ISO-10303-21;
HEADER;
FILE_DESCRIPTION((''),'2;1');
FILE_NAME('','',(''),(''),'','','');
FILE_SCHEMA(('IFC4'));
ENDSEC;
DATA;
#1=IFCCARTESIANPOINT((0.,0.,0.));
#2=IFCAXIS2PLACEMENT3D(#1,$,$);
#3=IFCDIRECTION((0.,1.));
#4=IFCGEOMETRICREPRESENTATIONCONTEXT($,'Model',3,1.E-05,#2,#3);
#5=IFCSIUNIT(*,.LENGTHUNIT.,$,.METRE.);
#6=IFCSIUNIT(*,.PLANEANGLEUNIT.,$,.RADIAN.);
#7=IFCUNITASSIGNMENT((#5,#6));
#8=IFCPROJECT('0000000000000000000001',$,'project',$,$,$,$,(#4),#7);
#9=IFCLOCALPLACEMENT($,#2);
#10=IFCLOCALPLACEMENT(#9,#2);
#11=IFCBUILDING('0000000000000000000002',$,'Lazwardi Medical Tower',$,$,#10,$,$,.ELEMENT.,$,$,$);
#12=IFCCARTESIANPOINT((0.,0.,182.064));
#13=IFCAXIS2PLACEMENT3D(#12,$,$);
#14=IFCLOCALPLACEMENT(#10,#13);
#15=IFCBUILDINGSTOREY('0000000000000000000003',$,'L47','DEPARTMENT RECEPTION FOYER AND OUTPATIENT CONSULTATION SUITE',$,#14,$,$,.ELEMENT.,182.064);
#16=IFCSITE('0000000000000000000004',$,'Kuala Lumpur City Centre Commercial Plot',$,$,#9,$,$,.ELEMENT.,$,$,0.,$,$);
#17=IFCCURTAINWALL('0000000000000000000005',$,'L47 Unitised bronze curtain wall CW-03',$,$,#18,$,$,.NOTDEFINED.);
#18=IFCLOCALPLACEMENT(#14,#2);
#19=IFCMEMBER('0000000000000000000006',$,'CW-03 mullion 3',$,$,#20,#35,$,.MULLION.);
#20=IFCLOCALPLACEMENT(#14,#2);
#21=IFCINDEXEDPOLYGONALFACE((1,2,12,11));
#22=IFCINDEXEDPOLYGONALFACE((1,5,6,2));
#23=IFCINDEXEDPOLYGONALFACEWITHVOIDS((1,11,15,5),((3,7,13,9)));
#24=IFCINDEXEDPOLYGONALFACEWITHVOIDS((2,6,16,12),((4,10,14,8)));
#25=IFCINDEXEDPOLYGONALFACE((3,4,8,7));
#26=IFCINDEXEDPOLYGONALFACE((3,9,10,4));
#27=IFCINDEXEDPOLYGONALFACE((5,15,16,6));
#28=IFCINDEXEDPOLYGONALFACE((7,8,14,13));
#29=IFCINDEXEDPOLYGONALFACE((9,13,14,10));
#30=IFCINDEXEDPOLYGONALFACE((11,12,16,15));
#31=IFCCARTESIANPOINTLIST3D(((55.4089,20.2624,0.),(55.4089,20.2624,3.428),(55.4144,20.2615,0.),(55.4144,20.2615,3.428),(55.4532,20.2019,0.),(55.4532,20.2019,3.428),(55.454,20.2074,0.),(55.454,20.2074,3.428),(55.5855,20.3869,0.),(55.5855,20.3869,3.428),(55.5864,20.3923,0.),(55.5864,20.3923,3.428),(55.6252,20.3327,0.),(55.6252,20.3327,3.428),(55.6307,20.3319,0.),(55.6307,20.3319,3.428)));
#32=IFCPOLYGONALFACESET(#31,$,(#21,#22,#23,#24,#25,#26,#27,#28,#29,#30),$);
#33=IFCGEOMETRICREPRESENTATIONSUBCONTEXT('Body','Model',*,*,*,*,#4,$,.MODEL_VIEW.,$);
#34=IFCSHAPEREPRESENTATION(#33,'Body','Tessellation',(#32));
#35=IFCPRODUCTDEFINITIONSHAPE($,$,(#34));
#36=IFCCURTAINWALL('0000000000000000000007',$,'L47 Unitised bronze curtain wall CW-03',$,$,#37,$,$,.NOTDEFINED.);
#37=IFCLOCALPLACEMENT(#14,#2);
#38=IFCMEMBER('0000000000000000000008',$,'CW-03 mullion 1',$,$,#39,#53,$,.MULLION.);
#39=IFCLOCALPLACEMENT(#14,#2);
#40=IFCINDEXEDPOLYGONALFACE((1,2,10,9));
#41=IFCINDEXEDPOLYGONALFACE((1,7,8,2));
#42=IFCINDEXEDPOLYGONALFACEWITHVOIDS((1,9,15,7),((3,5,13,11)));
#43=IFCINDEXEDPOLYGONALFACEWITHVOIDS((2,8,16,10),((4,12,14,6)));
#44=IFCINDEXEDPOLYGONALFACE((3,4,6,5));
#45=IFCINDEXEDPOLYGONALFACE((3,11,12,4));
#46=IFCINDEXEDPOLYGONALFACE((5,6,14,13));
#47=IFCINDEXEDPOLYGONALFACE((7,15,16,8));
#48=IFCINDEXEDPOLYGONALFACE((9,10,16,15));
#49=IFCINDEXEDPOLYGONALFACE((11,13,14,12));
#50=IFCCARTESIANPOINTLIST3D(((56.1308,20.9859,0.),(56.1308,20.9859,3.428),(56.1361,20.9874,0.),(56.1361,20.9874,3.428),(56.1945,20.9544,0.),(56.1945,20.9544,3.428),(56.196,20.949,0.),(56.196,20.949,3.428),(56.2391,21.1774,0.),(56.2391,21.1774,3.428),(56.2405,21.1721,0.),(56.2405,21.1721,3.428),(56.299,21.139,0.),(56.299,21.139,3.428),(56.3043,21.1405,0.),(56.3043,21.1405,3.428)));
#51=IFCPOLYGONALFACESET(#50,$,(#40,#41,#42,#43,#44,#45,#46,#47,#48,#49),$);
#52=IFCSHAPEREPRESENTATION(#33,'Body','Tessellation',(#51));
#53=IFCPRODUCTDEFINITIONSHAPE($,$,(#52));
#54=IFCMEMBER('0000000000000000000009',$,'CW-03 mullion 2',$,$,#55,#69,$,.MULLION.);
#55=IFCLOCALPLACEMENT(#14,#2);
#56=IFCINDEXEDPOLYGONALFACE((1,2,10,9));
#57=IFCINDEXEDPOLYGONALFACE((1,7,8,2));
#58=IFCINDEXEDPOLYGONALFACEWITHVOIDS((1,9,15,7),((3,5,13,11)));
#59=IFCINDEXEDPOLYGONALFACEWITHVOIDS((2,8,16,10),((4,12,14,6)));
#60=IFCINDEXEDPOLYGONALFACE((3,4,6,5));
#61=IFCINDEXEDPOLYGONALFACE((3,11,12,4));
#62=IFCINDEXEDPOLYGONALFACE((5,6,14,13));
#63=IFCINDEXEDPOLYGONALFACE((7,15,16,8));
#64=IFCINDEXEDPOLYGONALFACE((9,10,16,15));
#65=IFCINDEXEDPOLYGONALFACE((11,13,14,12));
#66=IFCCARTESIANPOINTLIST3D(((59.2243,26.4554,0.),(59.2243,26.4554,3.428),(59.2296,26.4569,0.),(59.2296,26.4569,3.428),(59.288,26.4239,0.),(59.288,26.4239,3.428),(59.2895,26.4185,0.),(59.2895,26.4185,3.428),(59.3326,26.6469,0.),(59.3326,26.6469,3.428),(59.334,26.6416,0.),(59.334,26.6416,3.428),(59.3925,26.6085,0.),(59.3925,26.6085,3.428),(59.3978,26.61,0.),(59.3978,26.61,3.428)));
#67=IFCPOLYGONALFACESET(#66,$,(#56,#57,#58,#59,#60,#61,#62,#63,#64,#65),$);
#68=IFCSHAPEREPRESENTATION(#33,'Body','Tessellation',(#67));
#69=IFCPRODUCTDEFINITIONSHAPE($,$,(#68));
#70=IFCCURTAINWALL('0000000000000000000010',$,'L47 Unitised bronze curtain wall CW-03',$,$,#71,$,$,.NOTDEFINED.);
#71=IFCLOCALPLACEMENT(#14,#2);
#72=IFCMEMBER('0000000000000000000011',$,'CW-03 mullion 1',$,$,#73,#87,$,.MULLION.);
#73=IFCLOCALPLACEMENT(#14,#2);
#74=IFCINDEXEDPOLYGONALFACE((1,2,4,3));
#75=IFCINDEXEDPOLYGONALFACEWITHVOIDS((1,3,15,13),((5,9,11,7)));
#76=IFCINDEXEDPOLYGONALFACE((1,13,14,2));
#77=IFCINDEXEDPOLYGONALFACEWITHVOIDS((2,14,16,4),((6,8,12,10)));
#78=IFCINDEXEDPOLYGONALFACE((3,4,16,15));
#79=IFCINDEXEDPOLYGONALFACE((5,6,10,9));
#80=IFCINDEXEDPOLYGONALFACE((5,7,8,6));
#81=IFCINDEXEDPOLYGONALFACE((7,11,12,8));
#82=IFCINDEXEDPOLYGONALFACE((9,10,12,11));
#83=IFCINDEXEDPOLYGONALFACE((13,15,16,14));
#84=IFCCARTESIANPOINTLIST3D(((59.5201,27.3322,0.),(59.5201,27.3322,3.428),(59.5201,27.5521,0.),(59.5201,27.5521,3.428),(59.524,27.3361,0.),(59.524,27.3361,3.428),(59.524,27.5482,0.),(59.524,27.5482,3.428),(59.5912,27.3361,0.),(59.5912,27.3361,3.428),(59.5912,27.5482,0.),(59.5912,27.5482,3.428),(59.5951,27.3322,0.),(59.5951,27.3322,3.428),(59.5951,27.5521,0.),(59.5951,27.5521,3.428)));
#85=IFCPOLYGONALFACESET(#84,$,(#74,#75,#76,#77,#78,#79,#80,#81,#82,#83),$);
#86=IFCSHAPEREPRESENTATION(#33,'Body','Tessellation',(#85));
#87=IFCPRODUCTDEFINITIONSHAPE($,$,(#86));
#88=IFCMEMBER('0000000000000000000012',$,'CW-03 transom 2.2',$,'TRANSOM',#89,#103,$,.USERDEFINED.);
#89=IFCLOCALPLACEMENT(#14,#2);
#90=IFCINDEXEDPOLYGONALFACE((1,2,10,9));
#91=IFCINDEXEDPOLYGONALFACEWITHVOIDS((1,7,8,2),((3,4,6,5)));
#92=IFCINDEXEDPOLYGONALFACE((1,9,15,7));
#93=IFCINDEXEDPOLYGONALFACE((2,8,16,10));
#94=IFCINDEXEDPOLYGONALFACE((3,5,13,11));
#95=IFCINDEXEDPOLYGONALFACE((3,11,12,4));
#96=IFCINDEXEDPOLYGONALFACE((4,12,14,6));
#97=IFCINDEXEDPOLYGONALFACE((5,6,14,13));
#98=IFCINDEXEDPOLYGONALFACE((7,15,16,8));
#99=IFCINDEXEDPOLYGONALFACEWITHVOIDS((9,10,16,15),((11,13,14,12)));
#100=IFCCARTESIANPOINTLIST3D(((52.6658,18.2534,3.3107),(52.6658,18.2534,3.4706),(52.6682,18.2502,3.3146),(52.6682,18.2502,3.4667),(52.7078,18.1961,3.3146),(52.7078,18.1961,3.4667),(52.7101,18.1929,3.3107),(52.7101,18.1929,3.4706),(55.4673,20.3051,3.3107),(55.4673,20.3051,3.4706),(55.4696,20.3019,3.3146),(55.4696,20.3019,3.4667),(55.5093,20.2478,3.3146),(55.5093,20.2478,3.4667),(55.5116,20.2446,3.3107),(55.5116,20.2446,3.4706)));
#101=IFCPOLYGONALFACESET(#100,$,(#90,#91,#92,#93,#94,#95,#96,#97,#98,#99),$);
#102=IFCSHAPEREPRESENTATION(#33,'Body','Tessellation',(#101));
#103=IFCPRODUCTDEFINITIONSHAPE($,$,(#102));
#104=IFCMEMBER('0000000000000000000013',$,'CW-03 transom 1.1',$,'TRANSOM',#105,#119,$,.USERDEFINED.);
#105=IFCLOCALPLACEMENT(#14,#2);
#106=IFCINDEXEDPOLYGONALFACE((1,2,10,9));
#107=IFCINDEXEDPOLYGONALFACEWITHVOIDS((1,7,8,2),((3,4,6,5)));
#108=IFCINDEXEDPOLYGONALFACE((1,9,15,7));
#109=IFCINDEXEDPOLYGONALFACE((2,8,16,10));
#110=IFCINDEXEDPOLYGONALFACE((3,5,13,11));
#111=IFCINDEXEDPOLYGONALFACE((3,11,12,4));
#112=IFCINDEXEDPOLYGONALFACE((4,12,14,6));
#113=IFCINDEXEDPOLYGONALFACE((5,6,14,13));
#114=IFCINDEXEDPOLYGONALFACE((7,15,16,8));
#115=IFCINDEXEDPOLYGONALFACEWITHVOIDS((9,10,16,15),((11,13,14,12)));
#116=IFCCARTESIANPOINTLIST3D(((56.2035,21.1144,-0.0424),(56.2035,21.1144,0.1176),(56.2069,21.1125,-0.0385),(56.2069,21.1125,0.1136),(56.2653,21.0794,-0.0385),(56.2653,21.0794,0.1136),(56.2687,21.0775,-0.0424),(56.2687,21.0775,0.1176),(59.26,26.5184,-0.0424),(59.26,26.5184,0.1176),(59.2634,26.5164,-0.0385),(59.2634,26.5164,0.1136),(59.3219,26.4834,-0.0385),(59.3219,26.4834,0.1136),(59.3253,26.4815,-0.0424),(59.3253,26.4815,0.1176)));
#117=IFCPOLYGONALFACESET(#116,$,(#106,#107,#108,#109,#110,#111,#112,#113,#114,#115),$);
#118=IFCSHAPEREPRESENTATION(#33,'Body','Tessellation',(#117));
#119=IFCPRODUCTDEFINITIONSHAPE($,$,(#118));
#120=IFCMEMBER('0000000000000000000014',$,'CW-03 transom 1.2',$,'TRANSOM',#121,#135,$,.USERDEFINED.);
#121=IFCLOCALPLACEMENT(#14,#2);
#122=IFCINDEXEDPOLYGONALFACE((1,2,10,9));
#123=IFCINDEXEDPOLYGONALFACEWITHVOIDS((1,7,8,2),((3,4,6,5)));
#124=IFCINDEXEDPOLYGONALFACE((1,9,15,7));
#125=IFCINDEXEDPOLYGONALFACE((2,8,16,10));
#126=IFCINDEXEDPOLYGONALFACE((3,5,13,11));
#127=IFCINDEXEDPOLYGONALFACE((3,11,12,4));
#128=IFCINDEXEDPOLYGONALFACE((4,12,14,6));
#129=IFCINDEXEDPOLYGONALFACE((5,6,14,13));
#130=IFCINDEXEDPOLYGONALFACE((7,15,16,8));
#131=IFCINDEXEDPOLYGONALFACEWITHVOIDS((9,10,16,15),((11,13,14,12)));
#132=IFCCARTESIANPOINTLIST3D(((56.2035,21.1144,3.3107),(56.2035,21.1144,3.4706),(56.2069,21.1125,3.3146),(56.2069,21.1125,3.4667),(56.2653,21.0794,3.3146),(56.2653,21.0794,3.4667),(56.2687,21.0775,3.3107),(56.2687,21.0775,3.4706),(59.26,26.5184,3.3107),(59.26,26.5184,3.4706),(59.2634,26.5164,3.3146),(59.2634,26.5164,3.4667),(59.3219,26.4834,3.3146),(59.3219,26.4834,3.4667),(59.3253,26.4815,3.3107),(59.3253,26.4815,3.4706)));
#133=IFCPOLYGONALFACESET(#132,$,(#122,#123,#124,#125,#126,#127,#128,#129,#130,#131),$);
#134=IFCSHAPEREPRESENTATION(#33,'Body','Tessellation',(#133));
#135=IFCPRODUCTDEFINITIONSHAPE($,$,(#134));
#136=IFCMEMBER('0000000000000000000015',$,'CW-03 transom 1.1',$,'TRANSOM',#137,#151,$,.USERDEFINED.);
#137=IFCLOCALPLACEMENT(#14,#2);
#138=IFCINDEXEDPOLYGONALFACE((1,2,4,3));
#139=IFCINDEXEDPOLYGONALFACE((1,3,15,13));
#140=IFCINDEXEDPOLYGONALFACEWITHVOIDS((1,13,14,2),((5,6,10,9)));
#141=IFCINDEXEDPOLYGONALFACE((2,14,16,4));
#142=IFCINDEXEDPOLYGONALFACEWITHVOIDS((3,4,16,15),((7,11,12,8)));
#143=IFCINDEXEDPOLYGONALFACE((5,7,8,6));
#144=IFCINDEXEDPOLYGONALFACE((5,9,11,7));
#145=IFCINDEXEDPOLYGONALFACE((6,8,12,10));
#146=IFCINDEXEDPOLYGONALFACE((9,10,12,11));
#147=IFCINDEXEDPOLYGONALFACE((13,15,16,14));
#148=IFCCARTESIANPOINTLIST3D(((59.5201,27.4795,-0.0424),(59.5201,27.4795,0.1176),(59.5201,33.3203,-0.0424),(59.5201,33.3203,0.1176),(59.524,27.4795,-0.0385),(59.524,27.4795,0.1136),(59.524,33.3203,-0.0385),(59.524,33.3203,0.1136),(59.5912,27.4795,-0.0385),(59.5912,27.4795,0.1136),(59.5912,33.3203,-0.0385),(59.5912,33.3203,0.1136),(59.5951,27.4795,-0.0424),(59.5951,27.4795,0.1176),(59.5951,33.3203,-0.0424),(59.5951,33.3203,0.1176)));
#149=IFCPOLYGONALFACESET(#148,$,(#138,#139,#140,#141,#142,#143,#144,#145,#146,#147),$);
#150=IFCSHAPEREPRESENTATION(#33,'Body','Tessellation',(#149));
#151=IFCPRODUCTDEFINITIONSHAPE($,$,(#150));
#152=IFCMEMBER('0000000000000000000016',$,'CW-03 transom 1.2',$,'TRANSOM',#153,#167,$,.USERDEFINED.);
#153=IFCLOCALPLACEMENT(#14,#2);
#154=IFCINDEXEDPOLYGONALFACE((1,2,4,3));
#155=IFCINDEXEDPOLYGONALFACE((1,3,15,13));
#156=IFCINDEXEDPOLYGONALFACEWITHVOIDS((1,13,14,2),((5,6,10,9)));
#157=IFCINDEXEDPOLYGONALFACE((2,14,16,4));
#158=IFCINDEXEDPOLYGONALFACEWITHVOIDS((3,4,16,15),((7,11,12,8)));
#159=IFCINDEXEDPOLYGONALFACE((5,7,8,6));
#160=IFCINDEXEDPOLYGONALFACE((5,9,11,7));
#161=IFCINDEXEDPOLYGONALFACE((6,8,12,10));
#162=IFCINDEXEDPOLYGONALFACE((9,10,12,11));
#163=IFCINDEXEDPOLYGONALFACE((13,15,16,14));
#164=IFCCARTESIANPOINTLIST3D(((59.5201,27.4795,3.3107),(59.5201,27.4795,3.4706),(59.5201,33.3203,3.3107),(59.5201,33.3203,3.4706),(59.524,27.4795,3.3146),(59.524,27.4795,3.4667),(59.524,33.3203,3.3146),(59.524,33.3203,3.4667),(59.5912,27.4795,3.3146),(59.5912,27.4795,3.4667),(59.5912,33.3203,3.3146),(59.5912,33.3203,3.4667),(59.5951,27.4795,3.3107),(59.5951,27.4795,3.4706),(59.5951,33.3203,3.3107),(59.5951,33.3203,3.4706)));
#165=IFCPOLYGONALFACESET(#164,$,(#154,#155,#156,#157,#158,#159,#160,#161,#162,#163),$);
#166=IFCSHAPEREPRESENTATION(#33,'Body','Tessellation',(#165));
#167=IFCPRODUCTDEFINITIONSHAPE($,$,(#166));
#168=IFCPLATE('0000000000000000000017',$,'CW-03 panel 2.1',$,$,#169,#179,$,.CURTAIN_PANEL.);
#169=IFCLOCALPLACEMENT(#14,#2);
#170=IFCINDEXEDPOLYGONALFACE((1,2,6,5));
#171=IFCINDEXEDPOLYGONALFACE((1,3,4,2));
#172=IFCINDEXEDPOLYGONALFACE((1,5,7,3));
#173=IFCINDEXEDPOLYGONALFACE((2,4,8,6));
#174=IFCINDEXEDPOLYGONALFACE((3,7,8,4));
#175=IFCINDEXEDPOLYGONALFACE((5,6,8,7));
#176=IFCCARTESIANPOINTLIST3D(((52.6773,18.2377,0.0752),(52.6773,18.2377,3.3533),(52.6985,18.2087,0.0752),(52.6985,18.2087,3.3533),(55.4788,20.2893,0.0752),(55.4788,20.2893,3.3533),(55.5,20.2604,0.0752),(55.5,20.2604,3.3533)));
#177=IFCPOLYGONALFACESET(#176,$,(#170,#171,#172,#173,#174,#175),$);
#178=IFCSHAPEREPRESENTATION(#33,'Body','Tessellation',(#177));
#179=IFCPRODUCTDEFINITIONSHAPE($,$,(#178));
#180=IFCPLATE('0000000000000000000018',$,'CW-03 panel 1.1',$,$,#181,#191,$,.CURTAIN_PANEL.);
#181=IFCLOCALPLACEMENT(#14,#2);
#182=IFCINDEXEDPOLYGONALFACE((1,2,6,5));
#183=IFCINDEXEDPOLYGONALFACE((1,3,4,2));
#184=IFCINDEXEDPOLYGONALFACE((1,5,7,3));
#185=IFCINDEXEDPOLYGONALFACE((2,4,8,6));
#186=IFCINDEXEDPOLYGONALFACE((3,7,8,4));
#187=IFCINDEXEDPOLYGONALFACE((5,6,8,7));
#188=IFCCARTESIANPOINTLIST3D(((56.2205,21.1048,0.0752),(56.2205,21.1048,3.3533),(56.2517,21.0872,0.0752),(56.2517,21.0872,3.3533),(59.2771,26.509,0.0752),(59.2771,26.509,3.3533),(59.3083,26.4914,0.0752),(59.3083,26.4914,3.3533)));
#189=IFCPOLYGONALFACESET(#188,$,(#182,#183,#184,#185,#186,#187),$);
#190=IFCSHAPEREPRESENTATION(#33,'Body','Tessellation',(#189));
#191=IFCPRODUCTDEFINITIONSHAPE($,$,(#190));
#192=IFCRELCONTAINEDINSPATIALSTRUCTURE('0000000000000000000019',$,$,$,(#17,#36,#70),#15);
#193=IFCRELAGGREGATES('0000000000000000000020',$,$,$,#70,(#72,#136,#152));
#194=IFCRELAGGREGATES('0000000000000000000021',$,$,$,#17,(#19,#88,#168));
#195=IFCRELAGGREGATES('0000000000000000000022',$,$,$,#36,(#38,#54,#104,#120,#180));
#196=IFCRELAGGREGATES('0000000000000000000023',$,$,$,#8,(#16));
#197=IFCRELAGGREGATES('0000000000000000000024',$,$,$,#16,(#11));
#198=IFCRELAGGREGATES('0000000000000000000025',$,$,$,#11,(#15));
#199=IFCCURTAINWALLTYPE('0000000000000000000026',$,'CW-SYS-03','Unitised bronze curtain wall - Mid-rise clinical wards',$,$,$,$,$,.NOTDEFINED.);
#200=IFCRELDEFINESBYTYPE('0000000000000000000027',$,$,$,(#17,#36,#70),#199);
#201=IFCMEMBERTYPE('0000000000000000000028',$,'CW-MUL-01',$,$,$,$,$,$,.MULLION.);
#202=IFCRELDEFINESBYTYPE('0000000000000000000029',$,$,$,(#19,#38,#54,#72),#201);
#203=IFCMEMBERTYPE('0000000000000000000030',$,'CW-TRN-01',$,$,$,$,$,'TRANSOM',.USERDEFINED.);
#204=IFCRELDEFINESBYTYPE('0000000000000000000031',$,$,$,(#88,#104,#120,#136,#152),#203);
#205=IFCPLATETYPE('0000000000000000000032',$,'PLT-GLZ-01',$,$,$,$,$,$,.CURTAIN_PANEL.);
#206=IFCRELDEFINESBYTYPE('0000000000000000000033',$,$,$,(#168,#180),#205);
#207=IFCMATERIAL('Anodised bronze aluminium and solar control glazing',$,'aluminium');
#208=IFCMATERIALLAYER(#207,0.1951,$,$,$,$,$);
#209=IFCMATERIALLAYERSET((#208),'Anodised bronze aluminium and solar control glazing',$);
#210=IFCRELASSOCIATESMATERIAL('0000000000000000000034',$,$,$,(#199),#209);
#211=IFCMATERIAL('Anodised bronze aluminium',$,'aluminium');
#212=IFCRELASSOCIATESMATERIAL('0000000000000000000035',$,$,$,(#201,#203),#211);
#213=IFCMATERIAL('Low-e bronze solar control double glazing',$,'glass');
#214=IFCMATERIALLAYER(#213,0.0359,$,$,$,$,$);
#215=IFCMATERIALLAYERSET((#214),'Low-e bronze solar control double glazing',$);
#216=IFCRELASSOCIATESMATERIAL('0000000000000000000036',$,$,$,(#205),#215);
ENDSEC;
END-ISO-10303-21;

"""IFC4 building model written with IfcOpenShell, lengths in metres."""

from ifc_helpers import new_model, si_unit, direction, frame, origin, origin_2d, place, context, subcontext, project, spatial, rectangle, hollow_rectangle, extrude, material, layer, layer_set, material_profile, profile_set, type_object, element, aggregate, save


model = new_model("IFC4")

# Units and contexts
model_context = context("Model", 3, precision=1e-05, world=origin(), true_north=direction((0.0, 1.0)))
body_context = subcontext(model_context, "Body", "Model", "MODEL_VIEW")
ifc_project = project(units=[si_unit("LENGTHUNIT", "METRE"), si_unit("PLANEANGLEUNIT", "RADIAN")], contexts=[model_context])

# Site, building, storey
site_placement = place(None, origin())
site = spatial("IfcSite", under=ifc_project, at=site_placement, Name="Kuala Lumpur City Centre Commercial Plot", CompositionType="ELEMENT", RefElevation=0.0)
building_placement = place(site_placement, origin())
building = spatial("IfcBuilding", under=site, at=building_placement, Name="Lazwardi Medical Tower", CompositionType="ELEMENT")
storey_placement = place(building_placement, frame((0.0, 0.0, 182.064)))
storey = spatial("IfcBuildingStorey", under=building, at=storey_placement, Name="L47", Description="DEPARTMENT RECEPTION FOYER AND OUTPATIENT CONSULTATION SUITE", CompositionType="ELEMENT", Elevation=182.064)

# Curtain wall, member
ifc_material_1 = material(Name="Anodised bronze aluminium and solar control glazing", Category="aluminium")
ifc_layer_1 = layer(ifc_material_1, 0.1951)
ifc_layer_set_1 = layer_set([ifc_layer_1], Name="Anodised bronze aluminium and solar control glazing")
curtain_wall_type = type_object("IfcCurtainWallType", Name="CW-SYS-03", Description="Unitised bronze curtain wall - Mid-rise clinical wards", PredefinedType="NOTDEFINED", material=ifc_layer_set_1)
curtain_wall_1_placement = place(storey_placement, origin())
curtain_wall_1 = element("IfcCurtainWall", 1, at=curtain_wall_1_placement, inside=storey, type_object=curtain_wall_type, Name="L47 Unitised bronze curtain wall CW-03", PredefinedType="NOTDEFINED")
ifc_material_2 = material(Name="Anodised bronze aluminium", Category="aluminium")
ifc_material_profile_1 = material_profile(ifc_material_2, hollow_rectangle(XDim=0.075, YDim=0.22, WallThickness=0.0039, at=origin_2d()), Name="ALU-MULLION 220x75x4")
ifc_profile_set_1 = profile_set([ifc_material_profile_1], Name="Anodised bronze aluminium")
member_type_1 = type_object("IfcMemberType", Name="CW-MUL-01", PredefinedType="MULLION", material=ifc_profile_set_1)
member_1_placement = place(storey_placement, frame((55.5198, 20.2971, 0.0), z_axis=(0.0, 0.0, 1.0), x_axis=(-0.590834, 0.806793, 0.0)))
member_1 = element("IfcMember", 2, at=member_1_placement, type_object=member_type_1, Name="CW-03 mullion 3", PredefinedType="MULLION", context=body_context, shape_type="SweptSolid", body=[
    extrude(hollow_rectangle(XDim=0.075, YDim=0.22, WallThickness=0.0039, at=origin_2d()), origin(), (0.0, 0.0, 1.0), 3.428),
])

# Curtain wall, members
curtain_wall_2_placement = place(storey_placement, origin())
curtain_wall_2 = element("IfcCurtainWall", 3, at=curtain_wall_2_placement, inside=storey, type_object=curtain_wall_type, Name="L47 Unitised bronze curtain wall CW-03", PredefinedType="NOTDEFINED")
member_2_placement = place(storey_placement, frame((56.2175, 21.0632, 0.0), z_axis=(0.0, 0.0, 1.0), x_axis=(-0.870419, 0.492312, 0.0)))
member_2 = element("IfcMember", 4, at=member_2_placement, type_object=member_type_1, Name="CW-03 mullion 1", PredefinedType="MULLION", context=body_context, shape_type="SweptSolid", body=[
    extrude(hollow_rectangle(XDim=0.075, YDim=0.22, WallThickness=0.0039, at=origin_2d()), origin(), (0.0, 0.0, 1.0), 3.428),
])
member_3_placement = place(storey_placement, frame((59.311, 26.5327, 0.0), z_axis=(0.0, 0.0, 1.0), x_axis=(-0.870419, 0.492312, 0.0)))
member_3 = element("IfcMember", 5, at=member_3_placement, type_object=member_type_1, Name="CW-03 mullion 2", PredefinedType="MULLION", context=body_context, shape_type="SweptSolid", body=[
    extrude(hollow_rectangle(XDim=0.075, YDim=0.22, WallThickness=0.0039, at=origin_2d()), origin(), (0.0, 0.0, 1.0), 3.428),
])

# Curtain wall, member
curtain_wall_3_placement = place(storey_placement, origin())
curtain_wall_3 = element("IfcCurtainWall", 6, at=curtain_wall_3_placement, inside=storey, type_object=curtain_wall_type, Name="L47 Unitised bronze curtain wall CW-03", PredefinedType="NOTDEFINED")
member_4_placement = place(storey_placement, frame((59.5576, 27.4421, 0.0), z_axis=(0.0, 0.0, 1.0), x_axis=(-1.0, 0.0, 0.0)))
member_4 = element("IfcMember", 7, at=member_4_placement, type_object=member_type_1, Name="CW-03 mullion 1", PredefinedType="MULLION", context=body_context, shape_type="SweptSolid", body=[
    extrude(hollow_rectangle(XDim=0.075, YDim=0.22, WallThickness=0.0039, at=origin_2d()), origin(), (0.0, 0.0, 1.0), 3.428),
])

# Members
ifc_material_profile_2 = material_profile(ifc_material_2, hollow_rectangle(XDim=0.075, YDim=0.1599, WallThickness=0.0039, at=origin_2d()), Name="ALU-TRANSOM 160x75x4")
ifc_profile_set_2 = profile_set([ifc_material_profile_2], Name="Anodised bronze aluminium")
member_type_2 = type_object("IfcMemberType", Name="CW-TRN-01", ElementType="TRANSOM", PredefinedType="USERDEFINED", material=ifc_profile_set_2)
member_5_placement = place(storey_placement, frame((52.688, 18.2231, 3.3906), z_axis=(0.806774, 0.590861, 0.0), x_axis=(-0.590861, 0.806774, 0.0)))
member_5 = element("IfcMember", 8, at=member_5_placement, type_object=member_type_2, Name="CW-03 transom 2.2", ObjectType="TRANSOM", PredefinedType="USERDEFINED", context=body_context, shape_type="SweptSolid", body=[
    extrude(hollow_rectangle(XDim=0.075, YDim=0.1599, WallThickness=0.0039, at=origin_2d()), origin(), (0.0, 0.0, 1.0), 3.4724),
])
member_6_placement = place(storey_placement, frame((56.2361, 21.0959, 0.0376), z_axis=(0.492323, 0.870413, 0.0), x_axis=(-0.870413, 0.492323, 0.0)))
member_6 = element("IfcMember", 9, at=member_6_placement, type_object=member_type_2, Name="CW-03 transom 1.1", ObjectType="TRANSOM", PredefinedType="USERDEFINED", context=body_context, shape_type="SweptSolid", body=[
    extrude(hollow_rectangle(XDim=0.075, YDim=0.1599, WallThickness=0.0039, at=origin_2d()), origin(), (0.0, 0.0, 1.0), 6.2085),
])
member_7_placement = place(storey_placement, frame((56.2361, 21.0959, 3.3906), z_axis=(0.492323, 0.870413, 0.0), x_axis=(-0.870413, 0.492323, 0.0)))
member_7 = element("IfcMember", 10, at=member_7_placement, type_object=member_type_2, Name="CW-03 transom 1.2", ObjectType="TRANSOM", PredefinedType="USERDEFINED", context=body_context, shape_type="SweptSolid", body=[
    extrude(hollow_rectangle(XDim=0.075, YDim=0.1599, WallThickness=0.0039, at=origin_2d()), origin(), (0.0, 0.0, 1.0), 6.2085),
])
member_8_placement = place(storey_placement, frame((59.5576, 27.4795, 0.0376), z_axis=(0.0, 1.0, 0.0), x_axis=(-1.0, 0.0, 0.0)))
member_8 = element("IfcMember", 11, at=member_8_placement, type_object=member_type_2, Name="CW-03 transom 1.1", ObjectType="TRANSOM", PredefinedType="USERDEFINED", context=body_context, shape_type="SweptSolid", body=[
    extrude(hollow_rectangle(XDim=0.075, YDim=0.1599, WallThickness=0.0039, at=origin_2d()), origin(), (0.0, 0.0, 1.0), 5.8408),
])
member_9_placement = place(storey_placement, frame((59.5576, 27.4795, 3.3906), z_axis=(0.0, 1.0, 0.0), x_axis=(-1.0, 0.0, 0.0)))
member_9 = element("IfcMember", 12, at=member_9_placement, type_object=member_type_2, Name="CW-03 transom 1.2", ObjectType="TRANSOM", PredefinedType="USERDEFINED", context=body_context, shape_type="SweptSolid", body=[
    extrude(hollow_rectangle(XDim=0.075, YDim=0.1599, WallThickness=0.0039, at=origin_2d()), origin(), (0.0, 0.0, 1.0), 5.8408),
])
aggregate(curtain_wall_3, [member_4, member_8, member_9])

# Plates
ifc_material_3 = material(Name="Low-e bronze solar control double glazing", Category="glass")
ifc_layer_2 = layer(ifc_material_3, 0.0359)
ifc_layer_set_2 = layer_set([ifc_layer_2], Name="Low-e bronze solar control double glazing")
plate_type = type_object("IfcPlateType", Name="PLT-GLZ-01", PredefinedType="CURTAIN_PANEL", material=ifc_layer_set_2)
plate_1_placement = place(storey_placement, frame((54.0886, 19.249, 0.0752), z_axis=(0.0, 0.0, 1.0), x_axis=(0.806793, 0.590834, 0.0)))
plate_1 = element("IfcPlate", 13, at=plate_1_placement, type_object=plate_type, Name="CW-03 panel 2.1", PredefinedType="CURTAIN_PANEL", context=body_context, shape_type="SweptSolid", body=[
    extrude(rectangle(XDim=3.4724, YDim=0.0359, at=origin_2d()), origin(), (0.0, 0.0, 1.0), 3.2781),
])
aggregate(curtain_wall_1, [member_1, member_5, plate_1])
plate_2_placement = place(storey_placement, frame((57.7644, 23.7981, 0.0752), z_axis=(0.0, 0.0, 1.0), x_axis=(0.492312, 0.870419, 0.0)))
plate_2 = element("IfcPlate", 14, at=plate_2_placement, type_object=plate_type, Name="CW-03 panel 1.1", PredefinedType="CURTAIN_PANEL", context=body_context, shape_type="SweptSolid", body=[
    extrude(rectangle(XDim=6.2087, YDim=0.0359, at=origin_2d()), origin(), (0.0, 0.0, 1.0), 3.2781),
])
aggregate(curtain_wall_2, [member_2, member_3, member_6, member_7, plate_2])

save(model, "model.ifc")
